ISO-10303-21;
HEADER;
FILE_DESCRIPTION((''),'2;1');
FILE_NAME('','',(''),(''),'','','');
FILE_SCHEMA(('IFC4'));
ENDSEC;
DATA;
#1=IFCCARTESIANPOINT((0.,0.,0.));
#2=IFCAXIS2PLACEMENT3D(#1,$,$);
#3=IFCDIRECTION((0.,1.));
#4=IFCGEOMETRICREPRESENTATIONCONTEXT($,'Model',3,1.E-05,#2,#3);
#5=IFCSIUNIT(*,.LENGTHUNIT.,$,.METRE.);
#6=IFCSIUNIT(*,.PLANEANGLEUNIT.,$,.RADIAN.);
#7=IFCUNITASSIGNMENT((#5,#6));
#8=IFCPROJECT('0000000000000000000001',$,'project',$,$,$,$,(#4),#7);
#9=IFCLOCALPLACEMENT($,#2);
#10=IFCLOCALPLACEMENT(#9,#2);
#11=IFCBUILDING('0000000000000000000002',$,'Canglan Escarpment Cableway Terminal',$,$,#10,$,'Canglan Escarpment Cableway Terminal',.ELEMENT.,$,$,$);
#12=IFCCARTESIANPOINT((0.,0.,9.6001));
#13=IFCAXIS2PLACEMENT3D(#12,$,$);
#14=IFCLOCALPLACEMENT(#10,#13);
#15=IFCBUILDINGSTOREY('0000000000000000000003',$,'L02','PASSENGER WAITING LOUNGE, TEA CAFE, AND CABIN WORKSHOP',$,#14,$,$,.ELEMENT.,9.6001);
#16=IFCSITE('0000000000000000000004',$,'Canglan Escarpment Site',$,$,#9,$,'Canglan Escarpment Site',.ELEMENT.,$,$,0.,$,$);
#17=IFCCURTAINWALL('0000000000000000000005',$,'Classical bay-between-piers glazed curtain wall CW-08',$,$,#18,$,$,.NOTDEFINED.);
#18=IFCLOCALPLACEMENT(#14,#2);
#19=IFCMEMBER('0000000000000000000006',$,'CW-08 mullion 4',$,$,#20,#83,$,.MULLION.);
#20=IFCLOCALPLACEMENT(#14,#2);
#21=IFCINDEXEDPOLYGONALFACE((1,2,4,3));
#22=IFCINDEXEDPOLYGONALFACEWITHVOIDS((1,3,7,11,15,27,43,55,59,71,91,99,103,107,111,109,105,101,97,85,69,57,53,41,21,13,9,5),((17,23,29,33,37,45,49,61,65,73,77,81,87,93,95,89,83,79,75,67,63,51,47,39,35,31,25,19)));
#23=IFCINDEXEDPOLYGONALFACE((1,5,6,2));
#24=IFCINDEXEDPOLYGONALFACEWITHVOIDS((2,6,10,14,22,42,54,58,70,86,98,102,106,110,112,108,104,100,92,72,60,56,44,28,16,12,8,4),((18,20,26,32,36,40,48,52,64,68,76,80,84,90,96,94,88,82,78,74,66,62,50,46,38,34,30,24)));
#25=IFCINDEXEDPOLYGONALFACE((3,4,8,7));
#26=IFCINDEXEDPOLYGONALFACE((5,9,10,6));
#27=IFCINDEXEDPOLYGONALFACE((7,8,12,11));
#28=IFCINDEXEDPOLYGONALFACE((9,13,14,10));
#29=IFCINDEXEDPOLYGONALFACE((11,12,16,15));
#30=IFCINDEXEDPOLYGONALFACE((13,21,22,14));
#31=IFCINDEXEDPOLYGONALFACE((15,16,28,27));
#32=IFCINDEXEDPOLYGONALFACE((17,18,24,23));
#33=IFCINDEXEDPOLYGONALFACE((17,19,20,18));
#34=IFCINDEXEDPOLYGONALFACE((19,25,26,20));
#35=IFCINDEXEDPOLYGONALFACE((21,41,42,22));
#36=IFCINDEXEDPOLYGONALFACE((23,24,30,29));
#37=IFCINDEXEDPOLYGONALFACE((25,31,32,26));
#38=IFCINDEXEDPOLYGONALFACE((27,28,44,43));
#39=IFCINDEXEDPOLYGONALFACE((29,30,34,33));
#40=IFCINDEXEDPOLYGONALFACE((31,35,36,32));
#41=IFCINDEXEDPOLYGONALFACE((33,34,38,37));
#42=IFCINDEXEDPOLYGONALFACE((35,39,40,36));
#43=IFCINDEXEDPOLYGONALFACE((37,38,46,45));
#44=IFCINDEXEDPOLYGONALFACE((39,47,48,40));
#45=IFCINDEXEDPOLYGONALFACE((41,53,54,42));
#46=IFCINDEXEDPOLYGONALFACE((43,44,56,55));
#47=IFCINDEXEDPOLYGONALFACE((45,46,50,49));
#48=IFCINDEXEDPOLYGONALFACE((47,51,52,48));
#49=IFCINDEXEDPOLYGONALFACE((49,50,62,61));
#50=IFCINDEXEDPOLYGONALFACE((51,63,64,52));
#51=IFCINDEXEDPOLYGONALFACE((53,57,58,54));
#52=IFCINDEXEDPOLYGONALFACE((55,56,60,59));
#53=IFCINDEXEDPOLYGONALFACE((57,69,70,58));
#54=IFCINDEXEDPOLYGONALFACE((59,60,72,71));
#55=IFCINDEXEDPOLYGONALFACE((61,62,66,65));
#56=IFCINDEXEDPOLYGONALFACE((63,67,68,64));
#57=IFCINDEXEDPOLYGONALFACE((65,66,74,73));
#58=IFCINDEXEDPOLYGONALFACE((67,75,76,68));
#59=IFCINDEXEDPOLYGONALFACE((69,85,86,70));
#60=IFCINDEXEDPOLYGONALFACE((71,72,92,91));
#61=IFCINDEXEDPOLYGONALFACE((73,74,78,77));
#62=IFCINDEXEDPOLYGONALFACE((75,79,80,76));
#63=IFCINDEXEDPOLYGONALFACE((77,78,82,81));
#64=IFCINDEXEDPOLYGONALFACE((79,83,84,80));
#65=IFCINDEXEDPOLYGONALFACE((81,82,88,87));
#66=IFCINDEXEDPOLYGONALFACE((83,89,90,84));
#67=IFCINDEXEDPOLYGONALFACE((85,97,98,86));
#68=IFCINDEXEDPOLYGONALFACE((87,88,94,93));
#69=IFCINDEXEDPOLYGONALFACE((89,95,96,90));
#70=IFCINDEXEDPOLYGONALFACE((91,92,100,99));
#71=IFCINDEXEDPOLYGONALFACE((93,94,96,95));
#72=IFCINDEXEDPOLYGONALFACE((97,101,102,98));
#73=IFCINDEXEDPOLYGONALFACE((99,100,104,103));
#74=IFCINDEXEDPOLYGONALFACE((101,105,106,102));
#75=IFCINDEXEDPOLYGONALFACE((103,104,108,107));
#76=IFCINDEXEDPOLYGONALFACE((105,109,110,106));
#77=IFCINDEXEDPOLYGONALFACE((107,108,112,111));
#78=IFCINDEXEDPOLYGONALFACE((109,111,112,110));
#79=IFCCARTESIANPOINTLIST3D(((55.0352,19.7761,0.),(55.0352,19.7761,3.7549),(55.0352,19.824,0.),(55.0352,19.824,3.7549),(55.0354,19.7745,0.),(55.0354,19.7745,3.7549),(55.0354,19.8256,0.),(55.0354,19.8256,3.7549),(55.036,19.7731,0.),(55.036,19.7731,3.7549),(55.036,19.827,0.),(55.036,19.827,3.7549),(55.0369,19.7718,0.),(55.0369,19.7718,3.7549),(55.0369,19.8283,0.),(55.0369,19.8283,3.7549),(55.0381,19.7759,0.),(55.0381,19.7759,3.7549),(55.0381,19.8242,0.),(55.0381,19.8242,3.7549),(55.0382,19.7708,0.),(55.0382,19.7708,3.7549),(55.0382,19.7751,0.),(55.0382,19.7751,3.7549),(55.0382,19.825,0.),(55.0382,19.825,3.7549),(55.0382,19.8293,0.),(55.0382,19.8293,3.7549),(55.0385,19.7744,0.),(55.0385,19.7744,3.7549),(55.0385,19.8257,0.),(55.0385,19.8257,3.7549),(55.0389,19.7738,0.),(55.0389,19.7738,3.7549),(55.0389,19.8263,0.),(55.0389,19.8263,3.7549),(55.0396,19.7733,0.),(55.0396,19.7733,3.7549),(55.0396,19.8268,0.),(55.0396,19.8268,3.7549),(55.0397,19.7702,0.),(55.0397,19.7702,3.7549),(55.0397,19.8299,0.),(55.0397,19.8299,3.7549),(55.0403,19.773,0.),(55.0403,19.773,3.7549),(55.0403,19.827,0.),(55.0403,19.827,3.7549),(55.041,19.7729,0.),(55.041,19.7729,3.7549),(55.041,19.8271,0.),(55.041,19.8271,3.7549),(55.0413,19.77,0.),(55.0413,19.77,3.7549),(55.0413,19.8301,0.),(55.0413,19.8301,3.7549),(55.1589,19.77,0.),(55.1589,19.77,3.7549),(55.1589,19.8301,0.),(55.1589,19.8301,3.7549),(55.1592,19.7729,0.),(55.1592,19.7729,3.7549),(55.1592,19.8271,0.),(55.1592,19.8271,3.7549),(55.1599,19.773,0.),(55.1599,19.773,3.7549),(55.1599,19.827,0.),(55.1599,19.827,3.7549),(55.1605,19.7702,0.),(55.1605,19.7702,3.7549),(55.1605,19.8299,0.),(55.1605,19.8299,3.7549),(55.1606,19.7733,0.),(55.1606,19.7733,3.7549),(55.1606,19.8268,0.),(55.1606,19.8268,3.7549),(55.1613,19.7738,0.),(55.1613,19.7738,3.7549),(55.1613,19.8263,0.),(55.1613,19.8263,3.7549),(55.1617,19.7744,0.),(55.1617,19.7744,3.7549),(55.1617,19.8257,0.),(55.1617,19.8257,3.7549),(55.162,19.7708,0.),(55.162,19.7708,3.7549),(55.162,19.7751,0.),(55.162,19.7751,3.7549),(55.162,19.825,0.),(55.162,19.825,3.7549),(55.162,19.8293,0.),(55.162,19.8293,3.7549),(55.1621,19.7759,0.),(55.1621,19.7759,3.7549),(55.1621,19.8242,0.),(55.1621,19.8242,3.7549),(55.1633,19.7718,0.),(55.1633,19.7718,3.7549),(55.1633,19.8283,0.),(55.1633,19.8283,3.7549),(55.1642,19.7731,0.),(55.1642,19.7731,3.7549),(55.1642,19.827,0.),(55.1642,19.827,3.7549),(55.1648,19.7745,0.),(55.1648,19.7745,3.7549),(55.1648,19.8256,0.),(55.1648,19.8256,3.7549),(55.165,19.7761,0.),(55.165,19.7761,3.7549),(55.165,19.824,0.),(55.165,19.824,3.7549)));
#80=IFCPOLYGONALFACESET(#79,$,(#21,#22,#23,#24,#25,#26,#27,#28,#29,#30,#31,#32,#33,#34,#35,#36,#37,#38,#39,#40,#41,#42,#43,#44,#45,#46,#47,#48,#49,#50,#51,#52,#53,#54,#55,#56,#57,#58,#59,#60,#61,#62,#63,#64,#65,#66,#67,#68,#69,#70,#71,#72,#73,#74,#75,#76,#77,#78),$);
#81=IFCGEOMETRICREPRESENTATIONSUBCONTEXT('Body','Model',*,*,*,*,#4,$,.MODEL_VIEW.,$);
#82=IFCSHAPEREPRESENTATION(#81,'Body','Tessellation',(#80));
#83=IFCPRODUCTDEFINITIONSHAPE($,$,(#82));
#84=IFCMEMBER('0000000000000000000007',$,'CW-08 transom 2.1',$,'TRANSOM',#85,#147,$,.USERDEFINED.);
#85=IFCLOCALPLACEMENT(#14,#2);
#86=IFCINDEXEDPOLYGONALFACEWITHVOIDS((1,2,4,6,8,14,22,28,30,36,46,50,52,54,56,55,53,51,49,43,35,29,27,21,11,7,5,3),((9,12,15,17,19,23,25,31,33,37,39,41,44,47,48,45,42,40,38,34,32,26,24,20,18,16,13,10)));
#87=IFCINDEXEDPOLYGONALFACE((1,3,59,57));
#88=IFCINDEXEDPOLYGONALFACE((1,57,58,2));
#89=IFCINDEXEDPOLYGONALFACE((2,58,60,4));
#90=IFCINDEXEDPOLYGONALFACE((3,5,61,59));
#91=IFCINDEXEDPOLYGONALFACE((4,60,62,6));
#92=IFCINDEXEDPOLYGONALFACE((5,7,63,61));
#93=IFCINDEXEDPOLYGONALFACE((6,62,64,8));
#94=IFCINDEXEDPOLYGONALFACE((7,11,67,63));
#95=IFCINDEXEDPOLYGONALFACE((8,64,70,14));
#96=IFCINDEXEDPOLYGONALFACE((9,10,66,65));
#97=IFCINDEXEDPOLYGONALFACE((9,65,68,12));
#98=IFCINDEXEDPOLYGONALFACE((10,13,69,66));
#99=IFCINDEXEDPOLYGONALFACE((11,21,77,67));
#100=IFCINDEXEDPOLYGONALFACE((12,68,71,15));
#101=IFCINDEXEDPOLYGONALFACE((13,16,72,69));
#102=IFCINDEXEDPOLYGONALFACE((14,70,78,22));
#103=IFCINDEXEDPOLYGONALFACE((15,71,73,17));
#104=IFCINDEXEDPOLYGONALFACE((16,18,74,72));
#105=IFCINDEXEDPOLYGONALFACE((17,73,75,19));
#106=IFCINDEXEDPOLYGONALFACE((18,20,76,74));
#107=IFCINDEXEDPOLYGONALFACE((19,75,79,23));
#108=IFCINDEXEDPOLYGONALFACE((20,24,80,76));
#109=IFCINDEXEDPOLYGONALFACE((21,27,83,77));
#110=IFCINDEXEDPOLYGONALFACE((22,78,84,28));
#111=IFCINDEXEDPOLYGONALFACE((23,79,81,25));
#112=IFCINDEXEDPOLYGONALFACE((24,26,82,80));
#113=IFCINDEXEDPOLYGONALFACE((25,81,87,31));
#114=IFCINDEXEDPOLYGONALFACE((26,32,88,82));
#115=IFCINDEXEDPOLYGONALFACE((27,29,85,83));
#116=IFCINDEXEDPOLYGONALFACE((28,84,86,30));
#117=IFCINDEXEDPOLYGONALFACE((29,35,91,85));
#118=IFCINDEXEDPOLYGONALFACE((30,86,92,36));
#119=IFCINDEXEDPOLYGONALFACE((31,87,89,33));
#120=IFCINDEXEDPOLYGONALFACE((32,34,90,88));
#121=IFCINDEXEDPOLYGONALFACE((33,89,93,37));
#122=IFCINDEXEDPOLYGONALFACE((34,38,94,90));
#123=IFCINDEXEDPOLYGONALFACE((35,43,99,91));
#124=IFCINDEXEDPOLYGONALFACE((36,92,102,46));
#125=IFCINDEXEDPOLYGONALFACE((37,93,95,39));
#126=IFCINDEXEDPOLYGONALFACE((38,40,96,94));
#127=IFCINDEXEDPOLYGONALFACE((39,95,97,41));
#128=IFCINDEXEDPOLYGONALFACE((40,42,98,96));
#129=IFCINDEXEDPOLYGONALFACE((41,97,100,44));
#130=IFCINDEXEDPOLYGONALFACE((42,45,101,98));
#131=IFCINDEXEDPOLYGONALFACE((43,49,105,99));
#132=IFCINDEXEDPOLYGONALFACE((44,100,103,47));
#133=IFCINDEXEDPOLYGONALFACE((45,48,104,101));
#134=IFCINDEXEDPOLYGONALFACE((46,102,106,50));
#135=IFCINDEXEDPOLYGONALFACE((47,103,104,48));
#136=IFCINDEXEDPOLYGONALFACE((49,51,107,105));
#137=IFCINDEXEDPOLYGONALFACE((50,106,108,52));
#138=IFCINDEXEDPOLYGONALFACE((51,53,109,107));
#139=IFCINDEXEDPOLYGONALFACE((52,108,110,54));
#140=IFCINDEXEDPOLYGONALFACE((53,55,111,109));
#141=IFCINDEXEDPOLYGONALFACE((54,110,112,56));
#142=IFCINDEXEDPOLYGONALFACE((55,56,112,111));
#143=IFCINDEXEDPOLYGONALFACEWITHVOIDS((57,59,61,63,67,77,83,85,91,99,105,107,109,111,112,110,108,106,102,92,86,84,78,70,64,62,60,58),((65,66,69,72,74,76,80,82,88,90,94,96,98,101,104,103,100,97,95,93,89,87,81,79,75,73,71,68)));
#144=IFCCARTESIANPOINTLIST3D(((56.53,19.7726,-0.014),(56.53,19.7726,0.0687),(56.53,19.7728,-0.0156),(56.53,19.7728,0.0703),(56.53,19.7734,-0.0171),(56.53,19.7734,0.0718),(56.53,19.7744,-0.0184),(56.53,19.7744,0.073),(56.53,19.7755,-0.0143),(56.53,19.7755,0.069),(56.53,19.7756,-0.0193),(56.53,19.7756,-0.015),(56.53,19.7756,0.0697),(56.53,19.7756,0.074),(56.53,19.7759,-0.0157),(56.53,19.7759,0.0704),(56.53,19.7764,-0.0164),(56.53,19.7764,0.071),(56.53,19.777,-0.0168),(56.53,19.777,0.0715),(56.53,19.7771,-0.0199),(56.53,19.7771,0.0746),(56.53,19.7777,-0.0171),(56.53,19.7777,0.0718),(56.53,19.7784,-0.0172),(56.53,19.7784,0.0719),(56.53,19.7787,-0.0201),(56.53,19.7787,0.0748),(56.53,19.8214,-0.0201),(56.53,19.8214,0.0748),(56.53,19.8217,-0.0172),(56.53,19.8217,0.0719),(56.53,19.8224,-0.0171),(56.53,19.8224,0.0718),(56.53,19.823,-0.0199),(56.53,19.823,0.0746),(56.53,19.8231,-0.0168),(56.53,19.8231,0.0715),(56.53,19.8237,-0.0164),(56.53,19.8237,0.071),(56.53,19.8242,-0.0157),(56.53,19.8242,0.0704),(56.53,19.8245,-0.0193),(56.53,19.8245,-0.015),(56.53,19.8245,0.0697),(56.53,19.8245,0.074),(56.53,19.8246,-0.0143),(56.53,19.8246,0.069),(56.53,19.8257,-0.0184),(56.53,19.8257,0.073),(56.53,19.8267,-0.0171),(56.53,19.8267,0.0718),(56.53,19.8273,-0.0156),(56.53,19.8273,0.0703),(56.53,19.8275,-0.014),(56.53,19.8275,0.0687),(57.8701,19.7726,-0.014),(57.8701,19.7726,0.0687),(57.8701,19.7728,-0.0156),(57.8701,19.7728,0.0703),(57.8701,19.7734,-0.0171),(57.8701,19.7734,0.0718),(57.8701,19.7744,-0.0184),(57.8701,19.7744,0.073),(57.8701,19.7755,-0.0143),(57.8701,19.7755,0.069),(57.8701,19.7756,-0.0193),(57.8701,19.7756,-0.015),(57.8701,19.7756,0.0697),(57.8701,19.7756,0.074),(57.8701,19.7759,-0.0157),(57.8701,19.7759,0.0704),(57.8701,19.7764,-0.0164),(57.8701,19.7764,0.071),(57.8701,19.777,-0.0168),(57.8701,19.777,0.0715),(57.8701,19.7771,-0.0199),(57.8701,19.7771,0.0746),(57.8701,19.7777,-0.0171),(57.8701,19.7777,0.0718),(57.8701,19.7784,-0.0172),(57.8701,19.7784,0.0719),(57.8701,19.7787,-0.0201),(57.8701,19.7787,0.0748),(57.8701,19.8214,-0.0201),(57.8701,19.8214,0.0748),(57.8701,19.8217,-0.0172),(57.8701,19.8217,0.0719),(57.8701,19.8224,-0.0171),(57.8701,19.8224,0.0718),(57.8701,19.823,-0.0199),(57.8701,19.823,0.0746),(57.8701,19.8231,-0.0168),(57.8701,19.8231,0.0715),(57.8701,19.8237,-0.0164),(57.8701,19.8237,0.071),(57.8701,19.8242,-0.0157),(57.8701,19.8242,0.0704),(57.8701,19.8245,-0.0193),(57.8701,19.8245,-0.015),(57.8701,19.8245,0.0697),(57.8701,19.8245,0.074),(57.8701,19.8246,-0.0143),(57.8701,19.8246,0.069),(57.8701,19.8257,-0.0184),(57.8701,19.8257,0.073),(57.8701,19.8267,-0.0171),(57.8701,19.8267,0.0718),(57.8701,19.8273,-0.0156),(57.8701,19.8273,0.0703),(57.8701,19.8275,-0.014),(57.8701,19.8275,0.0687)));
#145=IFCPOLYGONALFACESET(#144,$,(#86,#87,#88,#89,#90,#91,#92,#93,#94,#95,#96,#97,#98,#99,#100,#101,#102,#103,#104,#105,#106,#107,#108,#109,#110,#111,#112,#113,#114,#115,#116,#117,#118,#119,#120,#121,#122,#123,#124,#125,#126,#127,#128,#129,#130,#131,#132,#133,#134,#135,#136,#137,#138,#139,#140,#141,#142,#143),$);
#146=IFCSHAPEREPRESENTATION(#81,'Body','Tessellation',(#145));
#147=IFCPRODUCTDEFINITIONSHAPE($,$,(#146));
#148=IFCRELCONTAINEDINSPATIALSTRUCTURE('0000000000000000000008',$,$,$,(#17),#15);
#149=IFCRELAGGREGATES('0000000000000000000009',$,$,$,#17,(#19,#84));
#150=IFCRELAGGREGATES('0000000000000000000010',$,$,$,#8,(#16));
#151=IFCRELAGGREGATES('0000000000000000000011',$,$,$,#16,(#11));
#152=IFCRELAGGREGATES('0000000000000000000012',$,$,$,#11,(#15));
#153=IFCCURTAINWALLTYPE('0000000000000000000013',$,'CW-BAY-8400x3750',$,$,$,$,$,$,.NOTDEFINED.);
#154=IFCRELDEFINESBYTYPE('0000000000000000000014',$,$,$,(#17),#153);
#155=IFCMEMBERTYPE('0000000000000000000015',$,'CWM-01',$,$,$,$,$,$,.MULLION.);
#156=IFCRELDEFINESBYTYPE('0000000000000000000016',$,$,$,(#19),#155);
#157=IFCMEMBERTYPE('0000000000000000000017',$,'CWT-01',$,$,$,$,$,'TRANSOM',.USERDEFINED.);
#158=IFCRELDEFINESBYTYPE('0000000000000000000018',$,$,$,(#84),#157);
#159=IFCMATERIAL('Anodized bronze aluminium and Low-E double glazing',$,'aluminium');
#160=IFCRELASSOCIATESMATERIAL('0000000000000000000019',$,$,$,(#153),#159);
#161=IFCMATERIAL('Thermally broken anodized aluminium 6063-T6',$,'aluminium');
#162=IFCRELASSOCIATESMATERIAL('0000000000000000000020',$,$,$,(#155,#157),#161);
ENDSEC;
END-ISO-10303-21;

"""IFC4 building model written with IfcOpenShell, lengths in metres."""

from ifc_helpers import new_model, si_unit, direction, frame, origin, origin_2d, place, context, subcontext, project, spatial, hollow_rectangle, extrude, material, material_profile, profile_set, type_object, element, aggregate, save


model = new_model("IFC4")

# Units and contexts
model_context = context("Model", 3, precision=1e-05, world=origin(), true_north=direction((0.0, 1.0)))
body_context = subcontext(model_context, "Body", "Model", "MODEL_VIEW")
ifc_project = project(units=[si_unit("LENGTHUNIT", "METRE"), si_unit("PLANEANGLEUNIT", "RADIAN")], contexts=[model_context])

# Site, building, storey
site_placement = place(None, origin())
site = spatial("IfcSite", under=ifc_project, at=site_placement, Name="Canglan Escarpment Site", LongName="Canglan Escarpment Site", CompositionType="ELEMENT", RefElevation=0.0)
building_placement = place(site_placement, origin())
building = spatial("IfcBuilding", under=site, at=building_placement, Name="Canglan Escarpment Cableway Terminal", LongName="Canglan Escarpment Cableway Terminal", CompositionType="ELEMENT")
storey_placement = place(building_placement, frame((0.0, 0.0, 9.6001)))
storey = spatial("IfcBuildingStorey", under=building, at=storey_placement, Name="L02", Description="PASSENGER WAITING LOUNGE, TEA CAFE, AND CABIN WORKSHOP", CompositionType="ELEMENT", Elevation=9.6001)

# Curtain wall, members
ifc_material_1 = material(Name="Anodized bronze aluminium and Low-E double glazing", Category="aluminium")
curtain_wall_type = type_object("IfcCurtainWallType", Name="CW-BAY-8400x3750", PredefinedType="NOTDEFINED", material=ifc_material_1)
curtain_wall_placement = place(storey_placement, origin())
curtain_wall = element("IfcCurtainWall", 1, at=curtain_wall_placement, inside=storey, type_object=curtain_wall_type, Name="Classical bay-between-piers glazed curtain wall CW-08", PredefinedType="NOTDEFINED")
ifc_material_2 = material(Name="Thermally broken anodized aluminium 6063-T6", Category="aluminium")
ifc_material_profile_1 = material_profile(ifc_material_2, hollow_rectangle(XDim=0.0601, YDim=0.1299, WallThickness=0.0029, InnerFilletRadius=0.0029, OuterFilletRadius=0.0061, at=origin_2d()), Name="ALU-MULL 60x130x3")
ifc_profile_set_1 = profile_set([ifc_material_profile_1], Name="Thermally broken anodized aluminium 6063-T6")
member_type_1 = type_object("IfcMemberType", Name="CWM-01", PredefinedType="MULLION", material=ifc_profile_set_1)
member_1_placement = place(storey_placement, frame((55.1001, 19.8, 0.0), z_axis=(0.0, 0.0, 1.0), x_axis=(0.0, -1.0, 0.0)))
member_1 = element("IfcMember", 2, at=member_1_placement, type_object=member_type_1, Name="CW-08 mullion 4", PredefinedType="MULLION", context=body_context, shape_type="SweptSolid", body=[
    extrude(hollow_rectangle(XDim=0.0601, YDim=0.1299, WallThickness=0.0029, InnerFilletRadius=0.0029, OuterFilletRadius=0.0061, at=origin_2d()), origin(), (0.0, 0.0, 1.0), 3.7549),
])
ifc_material_profile_2 = material_profile(ifc_material_2, hollow_rectangle(XDim=0.0549, YDim=0.095, WallThickness=0.0029, InnerFilletRadius=0.0029, OuterFilletRadius=0.0061, at=origin_2d()), Name="ALU-TRAN 55x95x3")
ifc_profile_set_2 = profile_set([ifc_material_profile_2], Name="Thermally broken anodized aluminium 6063-T6")
member_type_2 = type_object("IfcMemberType", Name="CWT-01", ElementType="TRANSOM", PredefinedType="USERDEFINED", material=ifc_profile_set_2)
member_2_placement = place(storey_placement, frame((57.8701, 19.8, 0.0273), z_axis=(-1.0, 0.0, 0.0), x_axis=(0.0, -1.0, 0.0)))
member_2 = element("IfcMember", 3, at=member_2_placement, type_object=member_type_2, Name="CW-08 transom 2.1", ObjectType="TRANSOM", PredefinedType="USERDEFINED", context=body_context, shape_type="SweptSolid", body=[
    extrude(hollow_rectangle(XDim=0.0549, YDim=0.095, WallThickness=0.0029, InnerFilletRadius=0.0029, OuterFilletRadius=0.0061, at=origin_2d()), origin(), (0.0, 0.0, 1.0), 1.3401),
])
aggregate(curtain_wall, [member_1, member_2])

save(model, "model.ifc")
